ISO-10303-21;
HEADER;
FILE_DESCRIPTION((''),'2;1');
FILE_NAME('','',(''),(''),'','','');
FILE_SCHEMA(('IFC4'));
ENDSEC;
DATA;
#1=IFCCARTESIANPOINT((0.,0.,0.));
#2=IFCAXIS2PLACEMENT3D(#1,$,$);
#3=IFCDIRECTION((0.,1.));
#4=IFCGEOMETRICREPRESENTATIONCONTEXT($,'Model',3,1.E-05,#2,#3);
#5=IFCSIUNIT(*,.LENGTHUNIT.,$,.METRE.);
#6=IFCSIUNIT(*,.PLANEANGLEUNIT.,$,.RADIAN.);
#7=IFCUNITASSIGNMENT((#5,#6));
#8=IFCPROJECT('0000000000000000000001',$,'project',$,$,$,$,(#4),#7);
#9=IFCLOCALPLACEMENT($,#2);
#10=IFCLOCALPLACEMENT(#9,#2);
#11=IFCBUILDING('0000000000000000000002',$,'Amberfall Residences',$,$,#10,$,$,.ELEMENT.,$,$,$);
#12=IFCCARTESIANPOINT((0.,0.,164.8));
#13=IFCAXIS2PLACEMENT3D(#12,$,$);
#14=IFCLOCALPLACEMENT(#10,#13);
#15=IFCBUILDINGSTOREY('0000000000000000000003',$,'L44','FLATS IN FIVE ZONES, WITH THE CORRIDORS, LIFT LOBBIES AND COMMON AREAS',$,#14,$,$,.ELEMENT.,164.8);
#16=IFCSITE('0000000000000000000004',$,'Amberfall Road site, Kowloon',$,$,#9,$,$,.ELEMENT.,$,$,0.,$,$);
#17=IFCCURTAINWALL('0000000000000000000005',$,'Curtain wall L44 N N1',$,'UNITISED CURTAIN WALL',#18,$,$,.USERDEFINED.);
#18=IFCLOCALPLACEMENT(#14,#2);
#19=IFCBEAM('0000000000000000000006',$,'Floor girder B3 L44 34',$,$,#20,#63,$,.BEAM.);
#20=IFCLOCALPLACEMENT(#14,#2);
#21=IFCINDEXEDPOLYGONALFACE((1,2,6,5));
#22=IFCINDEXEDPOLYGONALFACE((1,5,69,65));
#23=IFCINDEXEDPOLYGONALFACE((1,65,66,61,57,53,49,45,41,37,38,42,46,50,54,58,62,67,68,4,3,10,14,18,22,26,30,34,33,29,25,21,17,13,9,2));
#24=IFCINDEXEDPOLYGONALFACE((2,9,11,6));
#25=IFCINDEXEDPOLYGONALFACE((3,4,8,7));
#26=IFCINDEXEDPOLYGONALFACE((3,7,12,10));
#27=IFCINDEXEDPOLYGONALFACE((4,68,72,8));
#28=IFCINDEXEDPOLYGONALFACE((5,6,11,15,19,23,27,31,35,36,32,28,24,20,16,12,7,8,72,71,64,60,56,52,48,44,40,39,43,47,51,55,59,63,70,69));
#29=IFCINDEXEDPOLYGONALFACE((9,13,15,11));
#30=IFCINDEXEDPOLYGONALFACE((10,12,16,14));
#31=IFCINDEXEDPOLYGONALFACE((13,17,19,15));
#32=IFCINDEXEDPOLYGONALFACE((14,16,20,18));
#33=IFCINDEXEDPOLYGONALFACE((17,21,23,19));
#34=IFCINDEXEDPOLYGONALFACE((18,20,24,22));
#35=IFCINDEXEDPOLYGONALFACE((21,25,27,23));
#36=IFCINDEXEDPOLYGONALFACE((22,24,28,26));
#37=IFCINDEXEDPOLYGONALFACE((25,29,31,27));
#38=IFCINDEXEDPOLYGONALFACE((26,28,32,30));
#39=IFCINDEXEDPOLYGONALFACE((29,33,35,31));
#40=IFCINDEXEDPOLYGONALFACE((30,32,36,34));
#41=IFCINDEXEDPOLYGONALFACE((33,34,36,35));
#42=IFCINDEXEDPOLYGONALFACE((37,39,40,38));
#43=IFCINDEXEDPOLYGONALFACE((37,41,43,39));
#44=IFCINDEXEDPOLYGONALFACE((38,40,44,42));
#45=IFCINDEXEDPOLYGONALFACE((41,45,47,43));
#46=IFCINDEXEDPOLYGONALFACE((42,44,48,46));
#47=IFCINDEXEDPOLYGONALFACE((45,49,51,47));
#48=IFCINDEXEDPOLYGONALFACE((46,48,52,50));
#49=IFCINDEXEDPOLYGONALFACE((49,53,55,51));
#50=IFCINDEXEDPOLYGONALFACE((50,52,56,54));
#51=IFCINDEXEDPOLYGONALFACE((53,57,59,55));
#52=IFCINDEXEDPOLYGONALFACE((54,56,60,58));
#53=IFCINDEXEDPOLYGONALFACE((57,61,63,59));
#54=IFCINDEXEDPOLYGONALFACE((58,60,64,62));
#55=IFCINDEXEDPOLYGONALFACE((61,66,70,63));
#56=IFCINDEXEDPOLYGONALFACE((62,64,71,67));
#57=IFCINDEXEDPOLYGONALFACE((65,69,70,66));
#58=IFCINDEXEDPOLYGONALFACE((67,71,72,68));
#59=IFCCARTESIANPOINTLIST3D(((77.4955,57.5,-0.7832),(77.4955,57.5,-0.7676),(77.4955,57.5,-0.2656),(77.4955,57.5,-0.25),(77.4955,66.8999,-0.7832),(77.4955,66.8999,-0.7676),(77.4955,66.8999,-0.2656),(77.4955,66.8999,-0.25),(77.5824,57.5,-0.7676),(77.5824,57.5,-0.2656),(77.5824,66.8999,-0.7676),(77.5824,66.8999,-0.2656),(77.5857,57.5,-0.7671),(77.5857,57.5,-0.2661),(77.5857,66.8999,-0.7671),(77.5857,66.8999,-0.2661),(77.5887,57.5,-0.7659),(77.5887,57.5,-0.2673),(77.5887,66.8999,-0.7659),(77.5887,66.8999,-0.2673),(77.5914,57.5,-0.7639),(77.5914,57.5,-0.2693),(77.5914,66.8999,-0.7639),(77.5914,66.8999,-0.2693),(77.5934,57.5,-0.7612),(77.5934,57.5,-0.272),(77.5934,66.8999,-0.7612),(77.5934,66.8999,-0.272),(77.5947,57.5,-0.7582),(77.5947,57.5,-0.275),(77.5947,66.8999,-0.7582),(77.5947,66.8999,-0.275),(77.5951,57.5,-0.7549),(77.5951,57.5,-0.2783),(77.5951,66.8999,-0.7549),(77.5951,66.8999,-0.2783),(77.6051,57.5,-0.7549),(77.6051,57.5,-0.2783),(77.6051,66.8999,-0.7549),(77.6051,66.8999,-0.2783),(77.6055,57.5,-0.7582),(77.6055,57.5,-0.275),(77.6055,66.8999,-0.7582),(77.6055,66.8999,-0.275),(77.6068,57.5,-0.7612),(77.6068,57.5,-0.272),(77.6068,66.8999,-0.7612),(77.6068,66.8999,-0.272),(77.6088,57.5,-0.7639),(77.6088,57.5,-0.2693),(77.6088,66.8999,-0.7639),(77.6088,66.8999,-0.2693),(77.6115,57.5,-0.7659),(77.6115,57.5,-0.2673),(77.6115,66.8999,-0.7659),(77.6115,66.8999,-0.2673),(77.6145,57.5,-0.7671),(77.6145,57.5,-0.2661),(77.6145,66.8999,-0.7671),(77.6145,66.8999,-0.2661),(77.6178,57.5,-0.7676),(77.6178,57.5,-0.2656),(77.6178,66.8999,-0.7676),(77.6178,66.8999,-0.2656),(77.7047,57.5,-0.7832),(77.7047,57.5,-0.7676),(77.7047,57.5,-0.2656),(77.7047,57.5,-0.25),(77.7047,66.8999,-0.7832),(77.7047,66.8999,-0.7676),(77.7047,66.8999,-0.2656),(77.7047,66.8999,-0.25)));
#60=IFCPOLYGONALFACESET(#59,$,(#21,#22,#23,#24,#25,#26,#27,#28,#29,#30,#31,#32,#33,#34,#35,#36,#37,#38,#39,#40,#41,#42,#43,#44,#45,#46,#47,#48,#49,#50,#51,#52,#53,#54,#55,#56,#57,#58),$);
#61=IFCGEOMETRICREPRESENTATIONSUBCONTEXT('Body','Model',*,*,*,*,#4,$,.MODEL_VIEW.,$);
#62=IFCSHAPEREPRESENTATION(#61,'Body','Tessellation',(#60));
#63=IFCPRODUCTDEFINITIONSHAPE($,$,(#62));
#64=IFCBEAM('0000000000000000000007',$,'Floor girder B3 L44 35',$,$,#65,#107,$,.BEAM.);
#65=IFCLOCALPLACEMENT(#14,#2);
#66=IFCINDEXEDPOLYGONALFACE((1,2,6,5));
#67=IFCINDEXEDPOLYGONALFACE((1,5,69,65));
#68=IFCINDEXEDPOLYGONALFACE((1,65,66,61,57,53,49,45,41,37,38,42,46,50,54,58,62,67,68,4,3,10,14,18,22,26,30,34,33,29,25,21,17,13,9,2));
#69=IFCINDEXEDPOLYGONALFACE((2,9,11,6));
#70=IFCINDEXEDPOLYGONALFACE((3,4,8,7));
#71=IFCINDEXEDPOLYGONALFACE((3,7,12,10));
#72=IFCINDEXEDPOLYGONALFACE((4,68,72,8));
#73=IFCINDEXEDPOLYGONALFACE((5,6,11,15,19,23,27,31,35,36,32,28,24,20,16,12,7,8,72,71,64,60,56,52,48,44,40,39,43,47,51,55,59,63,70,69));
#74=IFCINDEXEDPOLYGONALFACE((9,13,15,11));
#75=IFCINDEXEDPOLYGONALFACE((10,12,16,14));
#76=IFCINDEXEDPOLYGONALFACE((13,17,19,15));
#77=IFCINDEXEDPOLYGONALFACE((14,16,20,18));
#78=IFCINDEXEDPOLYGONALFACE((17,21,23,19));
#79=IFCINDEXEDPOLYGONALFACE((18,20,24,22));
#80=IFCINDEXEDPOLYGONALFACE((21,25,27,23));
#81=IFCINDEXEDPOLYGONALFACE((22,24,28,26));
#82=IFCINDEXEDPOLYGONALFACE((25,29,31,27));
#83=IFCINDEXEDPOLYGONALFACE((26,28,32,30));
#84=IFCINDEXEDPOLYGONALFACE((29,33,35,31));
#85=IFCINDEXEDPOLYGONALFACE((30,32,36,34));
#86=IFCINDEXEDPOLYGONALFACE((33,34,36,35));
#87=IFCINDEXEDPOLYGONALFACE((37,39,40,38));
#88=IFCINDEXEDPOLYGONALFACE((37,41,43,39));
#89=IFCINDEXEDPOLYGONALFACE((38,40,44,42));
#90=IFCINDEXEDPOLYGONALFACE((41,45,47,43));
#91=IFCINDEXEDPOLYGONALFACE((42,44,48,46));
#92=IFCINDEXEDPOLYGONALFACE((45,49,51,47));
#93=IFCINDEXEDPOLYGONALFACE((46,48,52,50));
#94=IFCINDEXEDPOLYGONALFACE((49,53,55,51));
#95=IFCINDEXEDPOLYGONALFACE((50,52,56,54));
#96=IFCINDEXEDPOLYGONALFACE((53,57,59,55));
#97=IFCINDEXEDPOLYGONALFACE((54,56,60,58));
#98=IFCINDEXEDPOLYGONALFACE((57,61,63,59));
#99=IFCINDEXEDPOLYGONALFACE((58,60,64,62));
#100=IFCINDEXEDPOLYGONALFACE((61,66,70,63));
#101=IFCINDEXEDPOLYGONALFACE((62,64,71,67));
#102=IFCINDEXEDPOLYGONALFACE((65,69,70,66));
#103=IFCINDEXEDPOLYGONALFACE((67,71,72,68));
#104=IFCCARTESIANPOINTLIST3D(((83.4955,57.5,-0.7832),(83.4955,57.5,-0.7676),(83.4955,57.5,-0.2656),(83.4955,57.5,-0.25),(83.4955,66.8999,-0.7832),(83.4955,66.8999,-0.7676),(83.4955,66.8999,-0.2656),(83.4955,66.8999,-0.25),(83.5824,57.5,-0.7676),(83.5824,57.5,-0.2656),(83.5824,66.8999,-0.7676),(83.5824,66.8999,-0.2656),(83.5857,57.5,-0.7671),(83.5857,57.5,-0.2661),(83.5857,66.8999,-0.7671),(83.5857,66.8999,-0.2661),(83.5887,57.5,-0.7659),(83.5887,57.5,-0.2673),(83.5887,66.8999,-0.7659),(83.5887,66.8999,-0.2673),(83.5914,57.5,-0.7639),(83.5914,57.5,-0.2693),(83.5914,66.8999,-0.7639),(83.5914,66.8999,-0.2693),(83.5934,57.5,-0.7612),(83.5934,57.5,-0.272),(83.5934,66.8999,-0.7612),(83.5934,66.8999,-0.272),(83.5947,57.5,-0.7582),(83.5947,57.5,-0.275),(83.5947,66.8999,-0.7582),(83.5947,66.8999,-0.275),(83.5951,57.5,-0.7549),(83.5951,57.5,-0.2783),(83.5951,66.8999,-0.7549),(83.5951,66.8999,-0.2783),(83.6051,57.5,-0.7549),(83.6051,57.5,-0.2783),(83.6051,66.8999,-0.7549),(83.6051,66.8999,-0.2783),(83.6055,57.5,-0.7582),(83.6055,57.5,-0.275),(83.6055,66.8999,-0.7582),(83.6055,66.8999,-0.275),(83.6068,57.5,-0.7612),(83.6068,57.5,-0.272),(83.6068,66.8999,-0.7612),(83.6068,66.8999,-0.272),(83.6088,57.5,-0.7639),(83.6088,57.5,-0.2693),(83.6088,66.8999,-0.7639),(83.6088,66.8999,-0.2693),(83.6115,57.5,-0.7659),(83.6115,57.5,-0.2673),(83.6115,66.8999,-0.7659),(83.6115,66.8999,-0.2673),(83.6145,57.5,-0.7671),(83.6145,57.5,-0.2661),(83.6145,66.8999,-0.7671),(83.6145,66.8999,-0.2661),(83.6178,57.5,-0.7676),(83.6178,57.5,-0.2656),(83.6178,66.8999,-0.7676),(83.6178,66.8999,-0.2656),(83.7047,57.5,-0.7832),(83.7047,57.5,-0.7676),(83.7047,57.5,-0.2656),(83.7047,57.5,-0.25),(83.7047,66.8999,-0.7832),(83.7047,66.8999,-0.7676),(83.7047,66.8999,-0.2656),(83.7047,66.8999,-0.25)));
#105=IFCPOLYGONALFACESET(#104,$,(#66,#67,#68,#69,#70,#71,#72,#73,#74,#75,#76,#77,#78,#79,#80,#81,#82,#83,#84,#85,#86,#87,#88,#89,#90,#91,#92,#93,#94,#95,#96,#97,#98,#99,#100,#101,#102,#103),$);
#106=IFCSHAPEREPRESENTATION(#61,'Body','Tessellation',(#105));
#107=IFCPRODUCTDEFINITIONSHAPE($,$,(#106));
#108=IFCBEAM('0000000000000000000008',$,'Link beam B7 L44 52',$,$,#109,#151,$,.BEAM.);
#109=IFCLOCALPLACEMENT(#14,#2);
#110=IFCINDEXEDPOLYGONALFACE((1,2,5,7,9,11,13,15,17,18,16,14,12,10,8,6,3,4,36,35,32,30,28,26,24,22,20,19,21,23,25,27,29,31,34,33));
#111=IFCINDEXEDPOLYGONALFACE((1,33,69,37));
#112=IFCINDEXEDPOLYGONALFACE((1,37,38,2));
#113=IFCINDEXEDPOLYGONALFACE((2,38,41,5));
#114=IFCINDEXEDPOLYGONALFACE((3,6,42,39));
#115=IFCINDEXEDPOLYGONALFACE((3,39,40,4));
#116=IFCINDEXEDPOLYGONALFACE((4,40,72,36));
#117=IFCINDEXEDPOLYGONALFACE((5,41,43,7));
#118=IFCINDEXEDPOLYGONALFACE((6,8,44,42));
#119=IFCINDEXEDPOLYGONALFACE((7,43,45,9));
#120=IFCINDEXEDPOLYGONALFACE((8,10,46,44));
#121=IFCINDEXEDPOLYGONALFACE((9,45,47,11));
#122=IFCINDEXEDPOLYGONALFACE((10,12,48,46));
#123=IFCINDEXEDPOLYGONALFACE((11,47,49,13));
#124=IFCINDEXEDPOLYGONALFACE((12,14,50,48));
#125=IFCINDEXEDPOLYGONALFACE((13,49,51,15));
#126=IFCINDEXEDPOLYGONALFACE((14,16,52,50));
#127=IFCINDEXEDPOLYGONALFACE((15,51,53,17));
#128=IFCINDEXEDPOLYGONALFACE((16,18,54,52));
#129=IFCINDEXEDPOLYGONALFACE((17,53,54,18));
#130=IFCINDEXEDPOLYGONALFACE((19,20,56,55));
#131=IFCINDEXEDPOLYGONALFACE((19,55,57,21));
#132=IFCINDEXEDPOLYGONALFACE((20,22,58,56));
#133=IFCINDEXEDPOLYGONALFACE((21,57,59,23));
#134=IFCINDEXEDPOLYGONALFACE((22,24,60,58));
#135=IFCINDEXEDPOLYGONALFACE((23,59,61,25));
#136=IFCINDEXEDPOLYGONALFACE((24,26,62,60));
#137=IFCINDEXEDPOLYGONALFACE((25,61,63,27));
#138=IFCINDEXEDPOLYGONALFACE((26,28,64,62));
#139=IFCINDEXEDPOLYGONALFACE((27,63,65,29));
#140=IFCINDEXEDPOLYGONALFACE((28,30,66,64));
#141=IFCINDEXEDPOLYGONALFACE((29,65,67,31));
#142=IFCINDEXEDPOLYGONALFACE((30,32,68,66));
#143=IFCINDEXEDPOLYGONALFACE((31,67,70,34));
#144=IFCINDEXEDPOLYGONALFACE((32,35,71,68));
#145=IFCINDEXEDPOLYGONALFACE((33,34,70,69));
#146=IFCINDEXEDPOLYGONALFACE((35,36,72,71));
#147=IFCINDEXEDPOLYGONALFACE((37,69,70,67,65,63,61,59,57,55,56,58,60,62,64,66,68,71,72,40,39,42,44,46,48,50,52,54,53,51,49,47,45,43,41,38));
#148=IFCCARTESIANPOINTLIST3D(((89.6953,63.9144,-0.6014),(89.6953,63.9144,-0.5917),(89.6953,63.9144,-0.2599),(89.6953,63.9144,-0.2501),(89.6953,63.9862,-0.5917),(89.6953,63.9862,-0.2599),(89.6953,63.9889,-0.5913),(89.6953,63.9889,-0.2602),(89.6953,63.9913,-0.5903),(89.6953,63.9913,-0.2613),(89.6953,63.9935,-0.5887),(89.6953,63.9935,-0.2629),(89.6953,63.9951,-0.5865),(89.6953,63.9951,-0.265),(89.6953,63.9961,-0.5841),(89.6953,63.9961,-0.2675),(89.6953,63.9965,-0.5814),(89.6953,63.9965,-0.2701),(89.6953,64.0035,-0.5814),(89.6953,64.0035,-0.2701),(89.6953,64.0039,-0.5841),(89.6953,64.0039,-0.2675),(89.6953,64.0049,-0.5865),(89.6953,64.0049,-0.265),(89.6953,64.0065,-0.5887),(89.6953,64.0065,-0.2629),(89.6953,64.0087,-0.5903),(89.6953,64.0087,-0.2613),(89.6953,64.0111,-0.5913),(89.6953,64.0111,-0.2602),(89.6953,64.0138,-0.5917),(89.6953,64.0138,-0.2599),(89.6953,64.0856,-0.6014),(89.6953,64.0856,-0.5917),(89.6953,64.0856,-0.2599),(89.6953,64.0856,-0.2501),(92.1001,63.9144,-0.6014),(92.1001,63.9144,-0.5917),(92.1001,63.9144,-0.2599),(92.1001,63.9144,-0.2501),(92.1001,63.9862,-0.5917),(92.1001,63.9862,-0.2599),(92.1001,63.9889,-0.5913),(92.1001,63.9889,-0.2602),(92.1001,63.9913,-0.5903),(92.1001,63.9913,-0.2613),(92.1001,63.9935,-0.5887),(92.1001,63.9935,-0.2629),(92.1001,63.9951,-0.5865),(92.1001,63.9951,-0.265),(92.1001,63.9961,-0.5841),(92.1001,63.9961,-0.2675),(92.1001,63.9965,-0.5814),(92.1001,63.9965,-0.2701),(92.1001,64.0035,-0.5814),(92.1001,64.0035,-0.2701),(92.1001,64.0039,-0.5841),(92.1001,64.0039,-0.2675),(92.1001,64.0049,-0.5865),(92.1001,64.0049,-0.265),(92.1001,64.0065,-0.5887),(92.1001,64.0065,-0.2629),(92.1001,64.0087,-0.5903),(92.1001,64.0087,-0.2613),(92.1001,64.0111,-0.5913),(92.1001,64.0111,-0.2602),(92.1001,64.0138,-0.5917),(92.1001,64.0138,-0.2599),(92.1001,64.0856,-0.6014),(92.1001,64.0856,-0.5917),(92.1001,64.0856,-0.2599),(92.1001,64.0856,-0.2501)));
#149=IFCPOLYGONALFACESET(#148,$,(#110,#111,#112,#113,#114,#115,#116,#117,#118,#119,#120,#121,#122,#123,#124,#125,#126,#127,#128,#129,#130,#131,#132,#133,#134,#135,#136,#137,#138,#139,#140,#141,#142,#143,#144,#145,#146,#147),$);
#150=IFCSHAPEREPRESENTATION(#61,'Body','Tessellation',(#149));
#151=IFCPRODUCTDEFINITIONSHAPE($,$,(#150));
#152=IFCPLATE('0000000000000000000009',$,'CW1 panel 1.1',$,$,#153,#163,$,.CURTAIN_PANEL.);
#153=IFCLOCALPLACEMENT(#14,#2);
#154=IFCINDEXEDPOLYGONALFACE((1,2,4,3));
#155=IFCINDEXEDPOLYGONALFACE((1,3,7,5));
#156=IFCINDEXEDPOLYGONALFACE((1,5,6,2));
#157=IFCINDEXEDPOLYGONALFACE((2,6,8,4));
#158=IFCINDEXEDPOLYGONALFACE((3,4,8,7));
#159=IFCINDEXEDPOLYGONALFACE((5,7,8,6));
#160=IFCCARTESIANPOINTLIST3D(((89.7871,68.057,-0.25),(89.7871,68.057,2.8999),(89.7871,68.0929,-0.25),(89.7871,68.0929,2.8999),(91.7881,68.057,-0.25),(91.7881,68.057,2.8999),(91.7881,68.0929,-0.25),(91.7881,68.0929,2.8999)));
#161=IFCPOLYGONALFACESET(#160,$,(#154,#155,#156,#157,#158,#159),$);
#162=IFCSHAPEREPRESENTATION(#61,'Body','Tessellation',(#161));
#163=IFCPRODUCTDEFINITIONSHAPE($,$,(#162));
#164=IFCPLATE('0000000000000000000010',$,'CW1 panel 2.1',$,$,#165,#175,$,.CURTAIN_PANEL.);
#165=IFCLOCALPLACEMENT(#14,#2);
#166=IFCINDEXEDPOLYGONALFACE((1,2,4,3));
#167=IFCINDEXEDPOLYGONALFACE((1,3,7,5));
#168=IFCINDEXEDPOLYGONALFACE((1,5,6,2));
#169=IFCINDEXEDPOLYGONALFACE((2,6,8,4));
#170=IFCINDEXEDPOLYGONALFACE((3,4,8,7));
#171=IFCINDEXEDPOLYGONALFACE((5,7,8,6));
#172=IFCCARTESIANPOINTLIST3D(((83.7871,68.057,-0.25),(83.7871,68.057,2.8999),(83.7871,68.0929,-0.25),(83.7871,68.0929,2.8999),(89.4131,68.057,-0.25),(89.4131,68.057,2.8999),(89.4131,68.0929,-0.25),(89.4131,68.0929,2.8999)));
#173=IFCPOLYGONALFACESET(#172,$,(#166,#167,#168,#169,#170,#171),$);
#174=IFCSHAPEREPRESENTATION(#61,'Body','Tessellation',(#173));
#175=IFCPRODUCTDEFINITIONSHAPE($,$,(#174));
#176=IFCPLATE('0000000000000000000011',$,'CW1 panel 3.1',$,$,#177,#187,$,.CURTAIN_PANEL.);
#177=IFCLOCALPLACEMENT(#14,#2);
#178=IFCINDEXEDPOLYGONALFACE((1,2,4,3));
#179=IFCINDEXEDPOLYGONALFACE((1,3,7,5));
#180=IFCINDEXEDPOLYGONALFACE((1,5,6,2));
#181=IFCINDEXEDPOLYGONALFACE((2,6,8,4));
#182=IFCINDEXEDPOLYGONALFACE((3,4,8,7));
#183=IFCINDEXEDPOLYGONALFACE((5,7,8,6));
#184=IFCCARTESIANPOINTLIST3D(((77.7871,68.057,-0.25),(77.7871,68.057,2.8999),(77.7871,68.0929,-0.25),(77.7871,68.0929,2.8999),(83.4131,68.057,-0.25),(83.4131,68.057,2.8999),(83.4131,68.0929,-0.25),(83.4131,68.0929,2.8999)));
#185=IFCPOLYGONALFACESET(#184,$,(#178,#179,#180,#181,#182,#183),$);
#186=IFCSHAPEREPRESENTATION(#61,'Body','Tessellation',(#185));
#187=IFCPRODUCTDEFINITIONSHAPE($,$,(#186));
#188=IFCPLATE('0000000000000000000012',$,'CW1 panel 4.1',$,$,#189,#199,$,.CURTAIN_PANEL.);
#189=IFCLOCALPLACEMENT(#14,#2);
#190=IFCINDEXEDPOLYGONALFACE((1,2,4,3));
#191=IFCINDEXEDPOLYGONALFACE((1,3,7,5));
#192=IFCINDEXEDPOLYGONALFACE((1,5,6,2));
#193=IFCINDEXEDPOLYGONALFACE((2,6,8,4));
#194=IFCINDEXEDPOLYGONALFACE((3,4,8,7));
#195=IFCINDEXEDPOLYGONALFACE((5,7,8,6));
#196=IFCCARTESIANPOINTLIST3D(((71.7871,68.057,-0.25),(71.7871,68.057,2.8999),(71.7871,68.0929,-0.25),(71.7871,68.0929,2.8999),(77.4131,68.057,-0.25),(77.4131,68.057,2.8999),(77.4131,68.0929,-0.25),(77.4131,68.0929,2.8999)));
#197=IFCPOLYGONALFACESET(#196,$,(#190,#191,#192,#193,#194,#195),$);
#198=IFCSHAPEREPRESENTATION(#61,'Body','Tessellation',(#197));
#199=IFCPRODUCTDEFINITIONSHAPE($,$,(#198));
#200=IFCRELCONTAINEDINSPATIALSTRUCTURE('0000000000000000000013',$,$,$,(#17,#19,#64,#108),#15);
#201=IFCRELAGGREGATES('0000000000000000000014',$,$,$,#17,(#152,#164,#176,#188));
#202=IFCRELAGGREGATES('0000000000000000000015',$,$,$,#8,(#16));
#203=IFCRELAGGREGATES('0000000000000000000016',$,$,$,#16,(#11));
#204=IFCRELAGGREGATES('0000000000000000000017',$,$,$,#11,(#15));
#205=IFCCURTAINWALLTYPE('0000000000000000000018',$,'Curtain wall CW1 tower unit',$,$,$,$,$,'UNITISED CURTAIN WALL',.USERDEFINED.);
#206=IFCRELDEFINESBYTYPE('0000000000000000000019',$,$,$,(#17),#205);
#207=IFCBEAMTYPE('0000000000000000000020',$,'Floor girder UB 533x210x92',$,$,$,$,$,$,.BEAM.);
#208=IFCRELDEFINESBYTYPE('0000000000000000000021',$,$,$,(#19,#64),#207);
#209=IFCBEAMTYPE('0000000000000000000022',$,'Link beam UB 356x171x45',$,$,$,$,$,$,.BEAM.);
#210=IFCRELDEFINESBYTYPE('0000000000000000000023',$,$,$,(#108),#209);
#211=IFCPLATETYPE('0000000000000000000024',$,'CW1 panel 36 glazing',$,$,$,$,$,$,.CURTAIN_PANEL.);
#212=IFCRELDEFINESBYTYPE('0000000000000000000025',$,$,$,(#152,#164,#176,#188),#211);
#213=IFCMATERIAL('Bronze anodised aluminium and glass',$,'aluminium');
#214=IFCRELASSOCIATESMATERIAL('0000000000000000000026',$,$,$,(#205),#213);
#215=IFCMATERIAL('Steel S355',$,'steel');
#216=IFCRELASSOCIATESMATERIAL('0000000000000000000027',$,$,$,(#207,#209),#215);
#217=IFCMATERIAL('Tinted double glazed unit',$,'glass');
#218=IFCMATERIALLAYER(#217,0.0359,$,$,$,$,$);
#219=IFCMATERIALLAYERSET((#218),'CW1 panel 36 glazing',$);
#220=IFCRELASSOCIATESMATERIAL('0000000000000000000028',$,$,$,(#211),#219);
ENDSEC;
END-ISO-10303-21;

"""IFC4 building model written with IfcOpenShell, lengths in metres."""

from ifc_helpers import new_model, si_unit, direction, frame, origin, origin_2d, place, context, subcontext, project, spatial, rectangle, i_section, extrude, material, layer, layer_set, material_profile, profile_set, type_object, element, aggregate, save


model = new_model("IFC4")

# Units and contexts
model_context = context("Model", 3, precision=1e-05, world=origin(), true_north=direction((0.0, 1.0)))
body_context = subcontext(model_context, "Body", "Model", "MODEL_VIEW")
ifc_project = project(units=[si_unit("LENGTHUNIT", "METRE"), si_unit("PLANEANGLEUNIT", "RADIAN")], contexts=[model_context])

# Site, building, storey
site_placement = place(None, origin())
site = spatial("IfcSite", under=ifc_project, at=site_placement, Name="Amberfall Road site, Kowloon", CompositionType="ELEMENT", RefElevation=0.0)
building_placement = place(site_placement, origin())
building = spatial("IfcBuilding", under=site, at=building_placement, Name="Amberfall Residences", CompositionType="ELEMENT")
storey_placement = place(building_placement, frame((0.0, 0.0, 164.8)))
storey = spatial("IfcBuildingStorey", under=building, at=storey_placement, Name="L44", Description="FLATS IN FIVE ZONES, WITH THE CORRIDORS, LIFT LOBBIES AND COMMON AREAS", CompositionType="ELEMENT", Elevation=164.8)

# Curtain wall
ifc_material_1 = material(Name="Bronze anodised aluminium and glass", Category="aluminium")
curtain_wall_type = type_object("IfcCurtainWallType", Name="Curtain wall CW1 tower unit", ElementType="UNITISED CURTAIN WALL", PredefinedType="USERDEFINED", material=ifc_material_1)
curtain_wall_placement = place(storey_placement, origin())
curtain_wall = element("IfcCurtainWall", 1, at=curtain_wall_placement, inside=storey, type_object=curtain_wall_type, Name="Curtain wall L44 N N1", ObjectType="UNITISED CURTAIN WALL", PredefinedType="USERDEFINED")

# Shared definitions
ifc_material_2 = material(Name="Steel S355", Category="steel")

# Beams
ifc_material_profile_1 = material_profile(ifc_material_2, i_section(OverallWidth=0.2092, OverallDepth=0.5332, WebThickness=0.01, FlangeThickness=0.0156, FilletRadius=0.0127, at=origin_2d()), Name="UB 533x210x92")
ifc_profile_set_1 = profile_set([ifc_material_profile_1], Name="Steel S355")
beam_type_1 = type_object("IfcBeamType", Name="Floor girder UB 533x210x92", PredefinedType="BEAM", material=ifc_profile_set_1)
for number, where, z_axis, x_axis, name in (
    (2, (77.6001, 66.8999, -0.5166), (0.0, -1.0, 0.0), (1.0, 0.0, 0.0), "Floor girder B3 L44 34"),
    (3, (83.6001, 66.8999, -0.5166), (0.0, -1.0, 0.0), (1.0, 0.0, 0.0), "Floor girder B3 L44 35"),
):
    element("IfcBeam", number, at=place(storey_placement, frame(where, z_axis=z_axis, x_axis=x_axis)), inside=storey, type_object=beam_type_1, Name=name, PredefinedType="BEAM", context=body_context, shape_type="SweptSolid", body=[
        extrude(i_section(OverallWidth=0.2092, OverallDepth=0.5332, WebThickness=0.01, FlangeThickness=0.0156, FilletRadius=0.0127, at=origin_2d()), origin(), (0.0, 0.0, 1.0), 9.3999),
    ])
ifc_material_profile_2 = material_profile(ifc_material_2, i_section(OverallWidth=0.1711, OverallDepth=0.3513, WebThickness=0.0071, FlangeThickness=0.0098, FilletRadius=0.0103, at=origin_2d()), Name="UB 356x171x45")
ifc_profile_set_2 = profile_set([ifc_material_profile_2], Name="Steel S355")
beam_type_2 = type_object("IfcBeamType", Name="Link beam UB 356x171x45", PredefinedType="BEAM", material=ifc_profile_set_2)
beam_1_placement = place(storey_placement, frame((92.1001, 64.0, -0.4258), z_axis=(-1.0, 0.0, 0.0), x_axis=(0.0, -1.0, 0.0)))
element("IfcBeam", 4, at=beam_1_placement, inside=storey, type_object=beam_type_2, Name="Link beam B7 L44 52", PredefinedType="BEAM", context=body_context, shape_type="SweptSolid", body=[
    extrude(i_section(OverallWidth=0.1711, OverallDepth=0.3513, WebThickness=0.0071, FlangeThickness=0.0098, FilletRadius=0.0103, at=origin_2d()), origin(), (0.0, 0.0, 1.0), 2.4048),
])

# Plates
ifc_material_3 = material(Name="Tinted double glazed unit", Category="glass")
ifc_layer_1 = layer(ifc_material_3, 0.0359)
ifc_layer_set_1 = layer_set([ifc_layer_1], Name="CW1 panel 36 glazing")
plate_type = type_object("IfcPlateType", Name="CW1 panel 36 glazing", PredefinedType="CURTAIN_PANEL", material=ifc_layer_set_1)
plate_1_placement = place(storey_placement, frame((90.7876, 68.075, -0.25), z_axis=(0.0, 0.0, 1.0), x_axis=(-1.0, 0.0, 0.0)))
plate_1 = element("IfcPlate", 5, at=plate_1_placement, type_object=plate_type, Name="CW1 panel 1.1", PredefinedType="CURTAIN_PANEL", context=body_context, shape_type="SweptSolid", body=[
    extrude(rectangle(XDim=2.001, YDim=0.0359, at=origin_2d()), origin(), (0.0, 0.0, 1.0), 3.1499),
])
plate_2_placement = place(storey_placement, frame((86.6001, 68.075, -0.25), z_axis=(0.0, 0.0, 1.0), x_axis=(-1.0, 0.0, 0.0)))
plate_2 = element("IfcPlate", 6, at=plate_2_placement, type_object=plate_type, Name="CW1 panel 2.1", PredefinedType="CURTAIN_PANEL", context=body_context, shape_type="SweptSolid", body=[
    extrude(rectangle(XDim=5.626, YDim=0.0359, at=origin_2d()), origin(), (0.0, 0.0, 1.0), 3.1499),
])
plate_3_placement = place(storey_placement, frame((80.6001, 68.075, -0.25), z_axis=(0.0, 0.0, 1.0), x_axis=(-1.0, 0.0, 0.0)))
plate_3 = element("IfcPlate", 7, at=plate_3_placement, type_object=plate_type, Name="CW1 panel 3.1", PredefinedType="CURTAIN_PANEL", context=body_context, shape_type="SweptSolid", body=[
    extrude(rectangle(XDim=5.626, YDim=0.0359, at=origin_2d()), origin(), (0.0, 0.0, 1.0), 3.1499),
])
plate_4_placement = place(storey_placement, frame((74.6001, 68.075, -0.25), z_axis=(0.0, 0.0, 1.0), x_axis=(-1.0, 0.0, 0.0)))
plate_4 = element("IfcPlate", 8, at=plate_4_placement, type_object=plate_type, Name="CW1 panel 4.1", PredefinedType="CURTAIN_PANEL", context=body_context, shape_type="SweptSolid", body=[
    extrude(rectangle(XDim=5.626, YDim=0.0359, at=origin_2d()), origin(), (0.0, 0.0, 1.0), 3.1499),
])
aggregate(curtain_wall, [plate_1, plate_2, plate_3, plate_4])

save(model, "model.ifc")
